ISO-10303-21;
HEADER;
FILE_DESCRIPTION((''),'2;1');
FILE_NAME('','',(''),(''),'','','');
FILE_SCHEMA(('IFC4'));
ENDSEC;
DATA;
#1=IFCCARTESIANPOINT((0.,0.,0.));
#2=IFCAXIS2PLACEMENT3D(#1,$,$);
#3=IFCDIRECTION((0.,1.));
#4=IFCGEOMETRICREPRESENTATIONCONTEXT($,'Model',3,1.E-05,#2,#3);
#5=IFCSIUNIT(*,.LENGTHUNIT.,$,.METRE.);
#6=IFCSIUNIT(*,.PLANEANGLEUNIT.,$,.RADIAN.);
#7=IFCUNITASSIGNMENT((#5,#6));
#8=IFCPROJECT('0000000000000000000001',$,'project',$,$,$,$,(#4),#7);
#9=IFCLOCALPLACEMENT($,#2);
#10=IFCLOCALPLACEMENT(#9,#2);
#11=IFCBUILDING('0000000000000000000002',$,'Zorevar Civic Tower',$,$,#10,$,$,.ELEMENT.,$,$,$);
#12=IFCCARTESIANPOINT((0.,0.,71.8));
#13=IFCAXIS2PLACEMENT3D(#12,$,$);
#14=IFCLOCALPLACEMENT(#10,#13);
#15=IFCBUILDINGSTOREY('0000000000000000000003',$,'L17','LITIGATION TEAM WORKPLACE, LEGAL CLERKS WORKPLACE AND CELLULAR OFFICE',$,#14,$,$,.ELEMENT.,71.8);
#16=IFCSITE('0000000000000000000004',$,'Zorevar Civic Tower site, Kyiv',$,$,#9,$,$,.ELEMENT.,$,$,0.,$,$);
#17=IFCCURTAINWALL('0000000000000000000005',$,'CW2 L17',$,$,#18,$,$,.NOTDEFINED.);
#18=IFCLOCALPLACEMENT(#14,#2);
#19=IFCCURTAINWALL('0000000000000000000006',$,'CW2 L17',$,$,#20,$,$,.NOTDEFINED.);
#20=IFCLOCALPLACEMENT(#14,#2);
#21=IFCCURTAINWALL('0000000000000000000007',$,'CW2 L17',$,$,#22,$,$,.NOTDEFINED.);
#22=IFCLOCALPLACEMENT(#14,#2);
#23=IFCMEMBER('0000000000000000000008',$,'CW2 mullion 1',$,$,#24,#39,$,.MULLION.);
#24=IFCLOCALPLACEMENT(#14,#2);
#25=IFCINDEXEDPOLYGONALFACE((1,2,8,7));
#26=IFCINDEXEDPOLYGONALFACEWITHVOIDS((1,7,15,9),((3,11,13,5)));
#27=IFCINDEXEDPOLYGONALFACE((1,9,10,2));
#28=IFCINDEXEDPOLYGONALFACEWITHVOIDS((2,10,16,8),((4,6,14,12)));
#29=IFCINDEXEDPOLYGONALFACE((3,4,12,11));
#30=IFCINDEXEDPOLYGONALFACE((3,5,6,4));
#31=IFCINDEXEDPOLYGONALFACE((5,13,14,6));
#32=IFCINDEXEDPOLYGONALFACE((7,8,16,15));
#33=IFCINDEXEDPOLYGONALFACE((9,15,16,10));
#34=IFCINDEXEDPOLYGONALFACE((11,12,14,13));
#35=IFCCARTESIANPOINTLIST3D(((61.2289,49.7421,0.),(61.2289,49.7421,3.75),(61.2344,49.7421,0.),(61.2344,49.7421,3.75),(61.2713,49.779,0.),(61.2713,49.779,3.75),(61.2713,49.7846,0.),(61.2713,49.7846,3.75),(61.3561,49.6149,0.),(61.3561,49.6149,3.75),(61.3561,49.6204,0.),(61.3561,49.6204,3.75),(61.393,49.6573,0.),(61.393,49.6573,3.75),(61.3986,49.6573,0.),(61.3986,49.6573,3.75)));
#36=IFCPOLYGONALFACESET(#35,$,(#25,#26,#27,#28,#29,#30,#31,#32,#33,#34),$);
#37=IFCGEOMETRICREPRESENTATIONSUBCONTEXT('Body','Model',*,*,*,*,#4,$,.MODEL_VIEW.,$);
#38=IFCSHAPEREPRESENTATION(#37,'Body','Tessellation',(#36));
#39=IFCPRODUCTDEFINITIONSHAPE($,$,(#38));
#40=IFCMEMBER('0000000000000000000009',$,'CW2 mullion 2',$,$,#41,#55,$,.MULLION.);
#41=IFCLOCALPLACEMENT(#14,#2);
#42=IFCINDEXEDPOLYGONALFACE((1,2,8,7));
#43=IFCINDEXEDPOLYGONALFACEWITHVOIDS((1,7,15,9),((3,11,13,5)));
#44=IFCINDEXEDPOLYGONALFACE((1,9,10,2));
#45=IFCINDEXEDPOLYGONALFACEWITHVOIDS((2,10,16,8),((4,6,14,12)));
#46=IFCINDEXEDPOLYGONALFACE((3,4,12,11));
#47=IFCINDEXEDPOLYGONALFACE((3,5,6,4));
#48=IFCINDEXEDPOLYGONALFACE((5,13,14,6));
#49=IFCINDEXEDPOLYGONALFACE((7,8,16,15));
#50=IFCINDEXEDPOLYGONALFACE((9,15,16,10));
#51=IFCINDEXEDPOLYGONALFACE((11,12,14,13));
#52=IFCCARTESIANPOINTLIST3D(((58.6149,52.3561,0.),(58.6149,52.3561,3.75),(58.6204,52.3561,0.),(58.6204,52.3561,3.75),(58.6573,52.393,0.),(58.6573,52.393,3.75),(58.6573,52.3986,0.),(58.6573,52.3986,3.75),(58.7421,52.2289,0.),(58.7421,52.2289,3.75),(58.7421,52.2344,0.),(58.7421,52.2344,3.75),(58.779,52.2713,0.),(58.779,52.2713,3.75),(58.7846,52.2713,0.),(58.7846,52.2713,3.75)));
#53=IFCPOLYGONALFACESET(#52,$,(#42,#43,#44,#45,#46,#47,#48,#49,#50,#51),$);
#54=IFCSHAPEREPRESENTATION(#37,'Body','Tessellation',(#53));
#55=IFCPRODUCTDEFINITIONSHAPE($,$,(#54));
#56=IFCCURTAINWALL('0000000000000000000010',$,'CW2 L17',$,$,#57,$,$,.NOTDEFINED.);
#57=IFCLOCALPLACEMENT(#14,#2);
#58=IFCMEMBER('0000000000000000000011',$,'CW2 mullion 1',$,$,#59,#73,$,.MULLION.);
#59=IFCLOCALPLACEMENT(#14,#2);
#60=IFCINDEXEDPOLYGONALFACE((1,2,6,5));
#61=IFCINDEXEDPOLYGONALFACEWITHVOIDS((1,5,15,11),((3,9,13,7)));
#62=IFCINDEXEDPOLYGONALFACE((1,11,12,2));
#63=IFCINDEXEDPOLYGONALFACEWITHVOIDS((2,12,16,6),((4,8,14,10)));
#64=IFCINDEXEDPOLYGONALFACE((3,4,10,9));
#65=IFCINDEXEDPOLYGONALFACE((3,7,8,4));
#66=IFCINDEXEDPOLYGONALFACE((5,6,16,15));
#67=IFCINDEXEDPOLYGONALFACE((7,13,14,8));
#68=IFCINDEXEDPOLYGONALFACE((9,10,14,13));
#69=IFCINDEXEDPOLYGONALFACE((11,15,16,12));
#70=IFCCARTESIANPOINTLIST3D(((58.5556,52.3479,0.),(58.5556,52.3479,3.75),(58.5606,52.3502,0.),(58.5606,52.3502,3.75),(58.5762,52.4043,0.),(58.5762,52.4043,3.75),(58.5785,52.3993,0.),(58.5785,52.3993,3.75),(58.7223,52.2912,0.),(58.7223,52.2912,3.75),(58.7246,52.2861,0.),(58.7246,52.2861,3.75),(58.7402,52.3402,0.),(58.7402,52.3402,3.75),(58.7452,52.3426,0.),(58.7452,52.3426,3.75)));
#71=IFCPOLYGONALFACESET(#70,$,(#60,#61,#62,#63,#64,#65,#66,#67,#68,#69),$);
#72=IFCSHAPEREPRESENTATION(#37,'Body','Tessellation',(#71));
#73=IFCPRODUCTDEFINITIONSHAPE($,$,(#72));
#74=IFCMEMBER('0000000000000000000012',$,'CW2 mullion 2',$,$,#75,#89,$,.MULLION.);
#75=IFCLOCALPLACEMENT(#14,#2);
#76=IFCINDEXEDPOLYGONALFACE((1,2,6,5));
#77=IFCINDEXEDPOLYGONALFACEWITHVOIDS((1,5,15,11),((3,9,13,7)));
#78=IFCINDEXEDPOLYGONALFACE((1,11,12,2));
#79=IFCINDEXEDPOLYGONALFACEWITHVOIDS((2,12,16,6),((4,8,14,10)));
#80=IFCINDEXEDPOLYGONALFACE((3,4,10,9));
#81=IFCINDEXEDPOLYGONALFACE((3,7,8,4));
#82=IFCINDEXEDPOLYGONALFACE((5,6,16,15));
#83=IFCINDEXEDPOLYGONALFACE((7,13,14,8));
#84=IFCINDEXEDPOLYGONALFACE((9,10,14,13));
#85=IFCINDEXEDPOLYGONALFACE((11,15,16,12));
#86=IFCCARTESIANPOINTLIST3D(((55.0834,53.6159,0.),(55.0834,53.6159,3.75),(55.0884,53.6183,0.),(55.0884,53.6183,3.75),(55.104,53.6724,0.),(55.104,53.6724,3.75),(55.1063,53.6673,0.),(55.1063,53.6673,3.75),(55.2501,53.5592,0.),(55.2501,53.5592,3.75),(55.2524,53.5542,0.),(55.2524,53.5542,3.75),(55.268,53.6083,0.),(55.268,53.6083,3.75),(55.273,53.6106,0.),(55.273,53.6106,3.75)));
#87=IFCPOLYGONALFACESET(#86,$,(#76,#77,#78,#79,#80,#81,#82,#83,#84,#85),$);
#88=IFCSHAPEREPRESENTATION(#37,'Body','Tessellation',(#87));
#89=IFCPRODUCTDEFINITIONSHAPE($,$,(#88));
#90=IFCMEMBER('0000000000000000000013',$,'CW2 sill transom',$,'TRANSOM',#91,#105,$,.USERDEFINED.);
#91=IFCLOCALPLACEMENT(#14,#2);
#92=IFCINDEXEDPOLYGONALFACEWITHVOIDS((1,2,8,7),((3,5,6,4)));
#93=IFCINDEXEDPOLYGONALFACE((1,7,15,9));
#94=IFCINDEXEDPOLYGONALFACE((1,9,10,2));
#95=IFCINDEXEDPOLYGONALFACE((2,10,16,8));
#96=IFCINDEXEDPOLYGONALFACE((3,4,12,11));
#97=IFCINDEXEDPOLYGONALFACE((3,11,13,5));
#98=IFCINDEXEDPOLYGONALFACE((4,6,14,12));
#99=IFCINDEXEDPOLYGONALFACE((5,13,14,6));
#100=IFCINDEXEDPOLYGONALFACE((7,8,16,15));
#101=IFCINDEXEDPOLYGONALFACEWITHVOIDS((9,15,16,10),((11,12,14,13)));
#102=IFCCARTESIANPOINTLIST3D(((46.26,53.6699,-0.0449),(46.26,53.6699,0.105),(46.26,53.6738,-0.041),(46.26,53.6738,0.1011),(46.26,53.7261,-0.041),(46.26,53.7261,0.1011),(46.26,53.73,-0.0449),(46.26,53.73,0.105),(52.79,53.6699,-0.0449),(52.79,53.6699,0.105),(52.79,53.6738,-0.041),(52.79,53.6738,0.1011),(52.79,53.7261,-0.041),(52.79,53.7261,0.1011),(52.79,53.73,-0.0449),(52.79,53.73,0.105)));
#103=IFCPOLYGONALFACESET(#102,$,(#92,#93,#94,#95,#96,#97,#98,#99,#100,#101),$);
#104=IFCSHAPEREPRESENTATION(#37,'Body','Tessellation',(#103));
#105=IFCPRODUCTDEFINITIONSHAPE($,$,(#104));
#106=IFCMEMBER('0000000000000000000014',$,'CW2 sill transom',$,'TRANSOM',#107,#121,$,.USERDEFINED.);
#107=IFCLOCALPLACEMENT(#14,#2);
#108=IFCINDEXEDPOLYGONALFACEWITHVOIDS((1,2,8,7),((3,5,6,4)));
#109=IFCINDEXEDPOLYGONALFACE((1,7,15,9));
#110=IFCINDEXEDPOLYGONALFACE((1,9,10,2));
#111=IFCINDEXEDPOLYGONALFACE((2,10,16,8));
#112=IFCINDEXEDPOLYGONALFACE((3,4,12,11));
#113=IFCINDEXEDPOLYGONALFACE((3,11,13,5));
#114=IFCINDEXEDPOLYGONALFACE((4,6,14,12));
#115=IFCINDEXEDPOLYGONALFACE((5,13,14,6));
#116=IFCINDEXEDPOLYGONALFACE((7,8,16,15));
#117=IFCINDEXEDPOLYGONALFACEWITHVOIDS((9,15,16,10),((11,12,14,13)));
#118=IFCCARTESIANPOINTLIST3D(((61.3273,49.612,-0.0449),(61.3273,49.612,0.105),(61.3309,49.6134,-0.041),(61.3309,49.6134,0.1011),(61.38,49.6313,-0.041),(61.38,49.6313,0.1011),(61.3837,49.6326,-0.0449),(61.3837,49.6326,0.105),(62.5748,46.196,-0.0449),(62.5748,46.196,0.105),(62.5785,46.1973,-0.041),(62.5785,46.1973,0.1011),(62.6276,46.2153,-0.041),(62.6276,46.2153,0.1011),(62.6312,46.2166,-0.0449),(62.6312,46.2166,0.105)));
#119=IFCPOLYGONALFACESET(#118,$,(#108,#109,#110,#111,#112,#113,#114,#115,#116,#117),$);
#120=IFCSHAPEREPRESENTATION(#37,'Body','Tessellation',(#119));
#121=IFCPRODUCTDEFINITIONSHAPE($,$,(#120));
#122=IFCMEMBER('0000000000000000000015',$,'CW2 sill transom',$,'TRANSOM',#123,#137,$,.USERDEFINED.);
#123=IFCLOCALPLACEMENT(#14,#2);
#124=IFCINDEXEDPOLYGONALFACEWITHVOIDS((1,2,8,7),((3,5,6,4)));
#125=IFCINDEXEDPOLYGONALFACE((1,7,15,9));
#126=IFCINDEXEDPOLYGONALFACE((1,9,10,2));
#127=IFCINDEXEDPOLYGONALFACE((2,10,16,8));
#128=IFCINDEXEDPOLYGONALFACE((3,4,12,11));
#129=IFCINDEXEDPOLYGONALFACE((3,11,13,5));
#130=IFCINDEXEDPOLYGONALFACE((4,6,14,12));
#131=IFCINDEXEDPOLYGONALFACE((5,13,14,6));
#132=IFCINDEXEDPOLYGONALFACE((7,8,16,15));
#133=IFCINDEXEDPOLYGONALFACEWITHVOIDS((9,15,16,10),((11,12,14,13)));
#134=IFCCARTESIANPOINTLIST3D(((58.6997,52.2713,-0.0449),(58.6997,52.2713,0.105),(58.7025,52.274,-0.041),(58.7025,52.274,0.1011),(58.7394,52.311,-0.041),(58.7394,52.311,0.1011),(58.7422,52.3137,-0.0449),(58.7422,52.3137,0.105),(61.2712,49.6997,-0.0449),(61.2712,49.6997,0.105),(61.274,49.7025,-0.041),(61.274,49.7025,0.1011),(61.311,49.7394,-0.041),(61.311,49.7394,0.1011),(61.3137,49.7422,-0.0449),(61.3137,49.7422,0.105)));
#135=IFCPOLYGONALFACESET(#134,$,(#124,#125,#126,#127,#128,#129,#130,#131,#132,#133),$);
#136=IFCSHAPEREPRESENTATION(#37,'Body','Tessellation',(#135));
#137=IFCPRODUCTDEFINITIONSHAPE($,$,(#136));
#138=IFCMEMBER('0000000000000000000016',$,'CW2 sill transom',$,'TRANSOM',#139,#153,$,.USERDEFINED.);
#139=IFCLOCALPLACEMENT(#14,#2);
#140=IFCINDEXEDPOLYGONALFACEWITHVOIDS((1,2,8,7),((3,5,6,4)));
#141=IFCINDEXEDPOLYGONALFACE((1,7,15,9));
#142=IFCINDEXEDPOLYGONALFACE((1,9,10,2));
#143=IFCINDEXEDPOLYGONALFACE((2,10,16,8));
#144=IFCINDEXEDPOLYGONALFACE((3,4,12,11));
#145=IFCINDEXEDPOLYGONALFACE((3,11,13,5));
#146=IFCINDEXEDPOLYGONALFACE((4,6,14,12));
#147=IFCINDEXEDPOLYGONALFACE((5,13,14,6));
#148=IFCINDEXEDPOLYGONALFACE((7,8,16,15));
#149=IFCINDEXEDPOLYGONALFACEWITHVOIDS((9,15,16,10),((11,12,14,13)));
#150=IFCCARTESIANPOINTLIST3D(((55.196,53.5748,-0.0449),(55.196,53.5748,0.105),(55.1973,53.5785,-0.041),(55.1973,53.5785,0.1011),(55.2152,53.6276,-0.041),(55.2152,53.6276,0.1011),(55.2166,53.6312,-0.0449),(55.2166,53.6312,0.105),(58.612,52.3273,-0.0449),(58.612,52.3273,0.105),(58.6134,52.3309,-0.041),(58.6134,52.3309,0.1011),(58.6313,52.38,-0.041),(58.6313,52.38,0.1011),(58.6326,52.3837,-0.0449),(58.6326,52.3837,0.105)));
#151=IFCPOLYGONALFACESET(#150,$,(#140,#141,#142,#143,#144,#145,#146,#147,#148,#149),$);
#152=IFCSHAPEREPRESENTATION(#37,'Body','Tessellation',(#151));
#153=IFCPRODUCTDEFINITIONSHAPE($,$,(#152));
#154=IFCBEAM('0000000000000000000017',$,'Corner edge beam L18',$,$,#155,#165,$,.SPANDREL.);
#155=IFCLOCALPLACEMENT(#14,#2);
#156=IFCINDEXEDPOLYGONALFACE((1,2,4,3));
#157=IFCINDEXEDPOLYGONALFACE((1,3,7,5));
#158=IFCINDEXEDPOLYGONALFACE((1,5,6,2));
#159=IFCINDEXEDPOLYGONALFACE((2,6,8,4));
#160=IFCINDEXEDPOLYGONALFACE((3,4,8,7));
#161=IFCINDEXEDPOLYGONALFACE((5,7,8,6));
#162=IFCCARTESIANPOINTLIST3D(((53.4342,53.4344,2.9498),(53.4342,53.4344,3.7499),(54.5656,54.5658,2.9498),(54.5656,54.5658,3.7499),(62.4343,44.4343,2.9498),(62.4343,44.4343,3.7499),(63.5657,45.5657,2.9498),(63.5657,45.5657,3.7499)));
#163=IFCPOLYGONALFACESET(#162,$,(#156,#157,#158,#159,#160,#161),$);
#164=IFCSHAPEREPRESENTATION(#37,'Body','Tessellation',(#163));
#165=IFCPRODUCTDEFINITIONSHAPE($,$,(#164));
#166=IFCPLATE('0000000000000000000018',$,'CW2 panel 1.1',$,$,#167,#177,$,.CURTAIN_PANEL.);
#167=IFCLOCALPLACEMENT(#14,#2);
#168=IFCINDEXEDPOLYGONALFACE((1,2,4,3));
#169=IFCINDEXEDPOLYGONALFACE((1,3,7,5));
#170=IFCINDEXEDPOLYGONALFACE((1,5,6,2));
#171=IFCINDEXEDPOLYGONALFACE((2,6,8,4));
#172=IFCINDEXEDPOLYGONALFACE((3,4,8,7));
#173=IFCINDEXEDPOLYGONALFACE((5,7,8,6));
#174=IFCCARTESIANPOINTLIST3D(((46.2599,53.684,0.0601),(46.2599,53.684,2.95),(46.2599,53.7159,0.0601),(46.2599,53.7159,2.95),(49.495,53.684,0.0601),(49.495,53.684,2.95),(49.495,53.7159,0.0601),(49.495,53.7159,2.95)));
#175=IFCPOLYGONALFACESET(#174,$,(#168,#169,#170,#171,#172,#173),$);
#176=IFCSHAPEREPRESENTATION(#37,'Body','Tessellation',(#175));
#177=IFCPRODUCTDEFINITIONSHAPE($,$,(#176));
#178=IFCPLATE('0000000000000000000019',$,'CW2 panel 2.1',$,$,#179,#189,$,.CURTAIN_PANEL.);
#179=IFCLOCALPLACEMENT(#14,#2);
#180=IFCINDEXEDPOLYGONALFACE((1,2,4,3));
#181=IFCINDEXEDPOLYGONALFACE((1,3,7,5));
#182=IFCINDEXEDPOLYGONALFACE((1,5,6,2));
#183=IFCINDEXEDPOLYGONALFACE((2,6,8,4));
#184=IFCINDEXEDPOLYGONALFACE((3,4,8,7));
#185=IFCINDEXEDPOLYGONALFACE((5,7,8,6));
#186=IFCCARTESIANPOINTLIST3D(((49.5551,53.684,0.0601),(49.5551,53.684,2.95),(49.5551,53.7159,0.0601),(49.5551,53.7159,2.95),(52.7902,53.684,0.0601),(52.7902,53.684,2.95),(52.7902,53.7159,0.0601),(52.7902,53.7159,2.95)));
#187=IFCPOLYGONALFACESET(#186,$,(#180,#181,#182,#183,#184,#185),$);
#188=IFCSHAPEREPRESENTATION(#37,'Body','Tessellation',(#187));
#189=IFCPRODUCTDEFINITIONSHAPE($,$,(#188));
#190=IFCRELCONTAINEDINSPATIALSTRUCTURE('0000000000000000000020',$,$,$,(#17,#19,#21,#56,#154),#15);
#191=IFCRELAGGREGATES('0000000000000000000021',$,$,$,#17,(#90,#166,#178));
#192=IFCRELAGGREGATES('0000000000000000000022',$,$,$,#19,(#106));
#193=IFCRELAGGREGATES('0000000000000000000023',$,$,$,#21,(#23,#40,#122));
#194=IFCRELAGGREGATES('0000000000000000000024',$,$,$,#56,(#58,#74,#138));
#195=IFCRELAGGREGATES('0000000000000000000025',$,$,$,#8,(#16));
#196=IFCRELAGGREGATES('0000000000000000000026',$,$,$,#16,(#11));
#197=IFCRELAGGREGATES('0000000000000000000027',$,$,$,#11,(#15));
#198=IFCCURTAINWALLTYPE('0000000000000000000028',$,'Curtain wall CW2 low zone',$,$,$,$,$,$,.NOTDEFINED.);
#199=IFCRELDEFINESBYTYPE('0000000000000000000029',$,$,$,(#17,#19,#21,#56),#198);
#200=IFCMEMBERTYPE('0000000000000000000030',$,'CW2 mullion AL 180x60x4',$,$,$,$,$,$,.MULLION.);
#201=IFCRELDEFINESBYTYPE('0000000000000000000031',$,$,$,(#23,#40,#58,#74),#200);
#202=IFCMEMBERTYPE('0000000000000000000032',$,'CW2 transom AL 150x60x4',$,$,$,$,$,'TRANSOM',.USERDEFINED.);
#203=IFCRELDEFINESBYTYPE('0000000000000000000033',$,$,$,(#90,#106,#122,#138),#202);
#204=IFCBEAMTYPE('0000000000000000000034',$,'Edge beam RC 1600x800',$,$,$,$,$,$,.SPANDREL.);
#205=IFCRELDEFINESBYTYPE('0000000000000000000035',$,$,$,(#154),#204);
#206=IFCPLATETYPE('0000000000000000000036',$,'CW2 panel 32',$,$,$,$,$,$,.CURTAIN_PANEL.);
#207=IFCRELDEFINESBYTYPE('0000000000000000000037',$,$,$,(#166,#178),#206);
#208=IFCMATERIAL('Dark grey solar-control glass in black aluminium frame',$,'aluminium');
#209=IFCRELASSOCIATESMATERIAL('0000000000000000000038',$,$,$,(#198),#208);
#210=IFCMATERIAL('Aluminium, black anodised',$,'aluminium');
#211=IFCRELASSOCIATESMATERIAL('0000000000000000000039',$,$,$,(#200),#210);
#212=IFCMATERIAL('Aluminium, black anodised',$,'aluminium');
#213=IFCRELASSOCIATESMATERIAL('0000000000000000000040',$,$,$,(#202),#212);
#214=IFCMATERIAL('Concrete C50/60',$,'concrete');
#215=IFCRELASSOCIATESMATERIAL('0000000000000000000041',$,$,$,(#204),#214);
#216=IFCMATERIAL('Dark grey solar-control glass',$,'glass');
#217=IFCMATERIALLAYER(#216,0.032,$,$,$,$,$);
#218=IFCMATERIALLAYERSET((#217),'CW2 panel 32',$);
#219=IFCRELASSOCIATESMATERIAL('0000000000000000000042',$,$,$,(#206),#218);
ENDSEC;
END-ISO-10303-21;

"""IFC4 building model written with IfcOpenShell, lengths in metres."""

from ifc_helpers import new_model, si_unit, direction, frame, origin, origin_2d, place, context, subcontext, project, spatial, rectangle, hollow_rectangle, extrude, material, layer, layer_set, material_profile, profile_set, type_object, element, aggregate, save


model = new_model("IFC4")

# Units and contexts
model_context = context("Model", 3, precision=1e-05, world=origin(), true_north=direction((0.0, 1.0)))
body_context = subcontext(model_context, "Body", "Model", "MODEL_VIEW")
ifc_project = project(units=[si_unit("LENGTHUNIT", "METRE"), si_unit("PLANEANGLEUNIT", "RADIAN")], contexts=[model_context])

# Site, building, storey
site_placement = place(None, origin())
site = spatial("IfcSite", under=ifc_project, at=site_placement, Name="Zorevar Civic Tower site, Kyiv", CompositionType="ELEMENT", RefElevation=0.0)
building_placement = place(site_placement, origin())
building = spatial("IfcBuilding", under=site, at=building_placement, Name="Zorevar Civic Tower", CompositionType="ELEMENT")
storey_placement = place(building_placement, frame((0.0, 0.0, 71.8)))
storey = spatial("IfcBuildingStorey", under=building, at=storey_placement, Name="L17", Description="LITIGATION TEAM WORKPLACE, LEGAL CLERKS WORKPLACE AND CELLULAR OFFICE", CompositionType="ELEMENT", Elevation=71.8)

# Curtain wall
ifc_material_1 = material(Name="Dark grey solar-control glass in black aluminium frame", Category="aluminium")
curtain_wall_type = type_object("IfcCurtainWallType", Name="Curtain wall CW2 low zone", PredefinedType="NOTDEFINED", material=ifc_material_1)
curtain_wall_1_placement = place(storey_placement, origin())
curtain_wall_1 = element("IfcCurtainWall", 1, at=curtain_wall_1_placement, inside=storey, type_object=curtain_wall_type, Name="CW2 L17", PredefinedType="NOTDEFINED")
ifc_material_2 = material(Name="Aluminium, black anodised", Category="aluminium")
ifc_material_profile_1 = material_profile(ifc_material_2, hollow_rectangle(XDim=0.0601, YDim=0.1799, WallThickness=0.0039, at=origin_2d()), Name="AL 180x60x4")
ifc_profile_set_1 = profile_set([ifc_material_profile_1], Name="Aluminium, black anodised")
member_type_1 = type_object("IfcMemberType", Name="CW2 mullion AL 180x60x4", PredefinedType="MULLION", material=ifc_profile_set_1)

# Curtain walls, members
curtain_wall_2_placement = place(storey_placement, origin())
curtain_wall_2 = element("IfcCurtainWall", 2, at=curtain_wall_2_placement, inside=storey, type_object=curtain_wall_type, Name="CW2 L17", PredefinedType="NOTDEFINED")
curtain_wall_3_placement = place(storey_placement, origin())
curtain_wall_3 = element("IfcCurtainWall", 3, at=curtain_wall_3_placement, inside=storey, type_object=curtain_wall_type, Name="CW2 L17", PredefinedType="NOTDEFINED")
member_1_placement = place(storey_placement, frame((61.3137, 49.6997, 0.0), z_axis=(0.0, 0.0, 1.0), x_axis=(-0.707107, -0.707107, 0.0)))
member_1 = element("IfcMember", 4, at=member_1_placement, type_object=member_type_1, Name="CW2 mullion 1", PredefinedType="MULLION", context=body_context, shape_type="SweptSolid", body=[
    extrude(hollow_rectangle(XDim=0.0601, YDim=0.1799, WallThickness=0.0039, at=origin_2d()), origin(), (0.0, 0.0, 1.0), 3.75),
])
member_2_placement = place(storey_placement, frame((58.6997, 52.3137, 0.0), z_axis=(0.0, 0.0, 1.0), x_axis=(-0.707107, -0.707107, 0.0)))
member_2 = element("IfcMember", 5, at=member_2_placement, type_object=member_type_1, Name="CW2 mullion 2", PredefinedType="MULLION", context=body_context, shape_type="SweptSolid", body=[
    extrude(hollow_rectangle(XDim=0.0601, YDim=0.1799, WallThickness=0.0039, at=origin_2d()), origin(), (0.0, 0.0, 1.0), 3.75),
])
curtain_wall_4_placement = place(storey_placement, origin())
curtain_wall_4 = element("IfcCurtainWall", 6, at=curtain_wall_4_placement, inside=storey, type_object=curtain_wall_type, Name="CW2 L17", PredefinedType="NOTDEFINED")
member_3_placement = place(storey_placement, frame((58.6504, 52.3452, 0.0), z_axis=(0.0, 0.0, 1.0), x_axis=(-0.34306, -0.939313, 0.0)))
member_3 = element("IfcMember", 7, at=member_3_placement, type_object=member_type_1, Name="CW2 mullion 1", PredefinedType="MULLION", context=body_context, shape_type="SweptSolid", body=[
    extrude(hollow_rectangle(XDim=0.0601, YDim=0.1799, WallThickness=0.0039, at=origin_2d()), origin(), (0.0, 0.0, 1.0), 3.75),
])
member_4_placement = place(storey_placement, frame((55.1782, 53.6133, 0.0), z_axis=(0.0, 0.0, 1.0), x_axis=(-0.34306, -0.939313, 0.0)))
member_4 = element("IfcMember", 8, at=member_4_placement, type_object=member_type_1, Name="CW2 mullion 2", PredefinedType="MULLION", context=body_context, shape_type="SweptSolid", body=[
    extrude(hollow_rectangle(XDim=0.0601, YDim=0.1799, WallThickness=0.0039, at=origin_2d()), origin(), (0.0, 0.0, 1.0), 3.75),
])

# Members
ifc_material_3 = material(Name="Aluminium, black anodised", Category="aluminium")
ifc_material_profile_2 = material_profile(ifc_material_3, hollow_rectangle(XDim=0.0601, YDim=0.1499, WallThickness=0.0039, at=origin_2d()), Name="AL 150x60x4")
ifc_profile_set_2 = profile_set([ifc_material_profile_2], Name="Aluminium, black anodised")
member_type_2 = type_object("IfcMemberType", Name="CW2 transom AL 150x60x4", ElementType="TRANSOM", PredefinedType="USERDEFINED", material=ifc_profile_set_2)
member_5_placement = place(storey_placement, frame((46.26, 53.7, 0.03), z_axis=(1.0, 0.0, 0.0), x_axis=(0.0, 1.0, 0.0)))
member_5 = element("IfcMember", 9, at=member_5_placement, type_object=member_type_2, Name="CW2 sill transom", ObjectType="TRANSOM", PredefinedType="USERDEFINED", context=body_context, shape_type="SweptSolid", body=[
    extrude(hollow_rectangle(XDim=0.0601, YDim=0.1499, WallThickness=0.0039, at=origin_2d()), origin(), (0.0, 0.0, 1.0), 6.53),
])
member_6_placement = place(storey_placement, frame((62.603, 46.2063, 0.03), z_axis=(-0.343047, 0.939318, 0.0), x_axis=(-0.939318, -0.343047, 0.0)))
member_6 = element("IfcMember", 10, at=member_6_placement, type_object=member_type_2, Name="CW2 sill transom", ObjectType="TRANSOM", PredefinedType="USERDEFINED", context=body_context, shape_type="SweptSolid", body=[
    extrude(hollow_rectangle(XDim=0.0601, YDim=0.1499, WallThickness=0.0039, at=origin_2d()), origin(), (0.0, 0.0, 1.0), 3.6367),
])
member_7_placement = place(storey_placement, frame((61.2925, 49.7209, 0.03), z_axis=(-0.707107, 0.707107, 0.0), x_axis=(-0.707107, -0.707107, 0.0)))
member_7 = element("IfcMember", 11, at=member_7_placement, type_object=member_type_2, Name="CW2 sill transom", ObjectType="TRANSOM", PredefinedType="USERDEFINED", context=body_context, shape_type="SweptSolid", body=[
    extrude(hollow_rectangle(XDim=0.0601, YDim=0.1499, WallThickness=0.0039, at=origin_2d()), origin(), (0.0, 0.0, 1.0), 3.6367),
])
member_8_placement = place(storey_placement, frame((58.6223, 52.3555, 0.03), z_axis=(-0.939318, 0.343047, 0.0), x_axis=(-0.343047, -0.939318, 0.0)))
member_8 = element("IfcMember", 12, at=member_8_placement, type_object=member_type_2, Name="CW2 sill transom", ObjectType="TRANSOM", PredefinedType="USERDEFINED", context=body_context, shape_type="SweptSolid", body=[
    extrude(hollow_rectangle(XDim=0.0601, YDim=0.1499, WallThickness=0.0039, at=origin_2d()), origin(), (0.0, 0.0, 1.0), 3.6367),
])

# Beam
ifc_material_4 = material(Name="Concrete C50/60", Category="concrete")
ifc_material_profile_3 = material_profile(ifc_material_4, rectangle(XDim=1.6001, YDim=0.8, at=origin_2d()), Name="RC 1600x800")
ifc_profile_set_3 = profile_set([ifc_material_profile_3], Name="Concrete C50/60")
beam_type_1 = type_object("IfcBeamType", Name="Edge beam RC 1600x800", PredefinedType="SPANDREL", material=ifc_profile_set_3)
beam_1_placement = place(storey_placement, frame((63.0, 45.0, 3.3499), z_axis=(-0.707107, 0.707107, 0.0), x_axis=(-0.707107, -0.707107, 0.0)))
element("IfcBeam", 13, at=beam_1_placement, inside=storey, type_object=beam_type_1, Name="Corner edge beam L18", PredefinedType="SPANDREL", context=body_context, shape_type="SweptSolid", body=[
    extrude(rectangle(XDim=1.6001, YDim=0.8, at=origin_2d()), origin(), (0.0, 0.0, 1.0), 12.728),
])

# Plates
ifc_material_5 = material(Name="Dark grey solar-control glass", Category="glass")
ifc_layer_1 = layer(ifc_material_5, 0.032)
ifc_layer_set_1 = layer_set([ifc_layer_1], Name="CW2 panel 32")
plate_type = type_object("IfcPlateType", Name="CW2 panel 32", PredefinedType="CURTAIN_PANEL", material=ifc_layer_set_1)
plate_1_placement = place(storey_placement, frame((47.8774, 53.7, 0.0601), z_axis=(0.0, 0.0, 1.0), x_axis=(1.0, 0.0, 0.0)))
plate_1 = element("IfcPlate", 14, at=plate_1_placement, type_object=plate_type, Name="CW2 panel 1.1", PredefinedType="CURTAIN_PANEL", context=body_context, shape_type="SweptSolid", body=[
    extrude(rectangle(XDim=3.2351, YDim=0.032, at=origin_2d()), origin(), (0.0, 0.0, 1.0), 2.8899),
])
plate_2_placement = place(storey_placement, frame((51.1726, 53.7, 0.0601), z_axis=(0.0, 0.0, 1.0), x_axis=(1.0, 0.0, 0.0)))
plate_2 = element("IfcPlate", 15, at=plate_2_placement, type_object=plate_type, Name="CW2 panel 2.1", PredefinedType="CURTAIN_PANEL", context=body_context, shape_type="SweptSolid", body=[
    extrude(rectangle(XDim=3.2351, YDim=0.032, at=origin_2d()), origin(), (0.0, 0.0, 1.0), 2.8899),
])
aggregate(curtain_wall_1, [member_5, plate_1, plate_2])
aggregate(curtain_wall_2, [member_6])
aggregate(curtain_wall_3, [member_1, member_2, member_7])
aggregate(curtain_wall_4, [member_3, member_4, member_8])

save(model, "model.ifc")
